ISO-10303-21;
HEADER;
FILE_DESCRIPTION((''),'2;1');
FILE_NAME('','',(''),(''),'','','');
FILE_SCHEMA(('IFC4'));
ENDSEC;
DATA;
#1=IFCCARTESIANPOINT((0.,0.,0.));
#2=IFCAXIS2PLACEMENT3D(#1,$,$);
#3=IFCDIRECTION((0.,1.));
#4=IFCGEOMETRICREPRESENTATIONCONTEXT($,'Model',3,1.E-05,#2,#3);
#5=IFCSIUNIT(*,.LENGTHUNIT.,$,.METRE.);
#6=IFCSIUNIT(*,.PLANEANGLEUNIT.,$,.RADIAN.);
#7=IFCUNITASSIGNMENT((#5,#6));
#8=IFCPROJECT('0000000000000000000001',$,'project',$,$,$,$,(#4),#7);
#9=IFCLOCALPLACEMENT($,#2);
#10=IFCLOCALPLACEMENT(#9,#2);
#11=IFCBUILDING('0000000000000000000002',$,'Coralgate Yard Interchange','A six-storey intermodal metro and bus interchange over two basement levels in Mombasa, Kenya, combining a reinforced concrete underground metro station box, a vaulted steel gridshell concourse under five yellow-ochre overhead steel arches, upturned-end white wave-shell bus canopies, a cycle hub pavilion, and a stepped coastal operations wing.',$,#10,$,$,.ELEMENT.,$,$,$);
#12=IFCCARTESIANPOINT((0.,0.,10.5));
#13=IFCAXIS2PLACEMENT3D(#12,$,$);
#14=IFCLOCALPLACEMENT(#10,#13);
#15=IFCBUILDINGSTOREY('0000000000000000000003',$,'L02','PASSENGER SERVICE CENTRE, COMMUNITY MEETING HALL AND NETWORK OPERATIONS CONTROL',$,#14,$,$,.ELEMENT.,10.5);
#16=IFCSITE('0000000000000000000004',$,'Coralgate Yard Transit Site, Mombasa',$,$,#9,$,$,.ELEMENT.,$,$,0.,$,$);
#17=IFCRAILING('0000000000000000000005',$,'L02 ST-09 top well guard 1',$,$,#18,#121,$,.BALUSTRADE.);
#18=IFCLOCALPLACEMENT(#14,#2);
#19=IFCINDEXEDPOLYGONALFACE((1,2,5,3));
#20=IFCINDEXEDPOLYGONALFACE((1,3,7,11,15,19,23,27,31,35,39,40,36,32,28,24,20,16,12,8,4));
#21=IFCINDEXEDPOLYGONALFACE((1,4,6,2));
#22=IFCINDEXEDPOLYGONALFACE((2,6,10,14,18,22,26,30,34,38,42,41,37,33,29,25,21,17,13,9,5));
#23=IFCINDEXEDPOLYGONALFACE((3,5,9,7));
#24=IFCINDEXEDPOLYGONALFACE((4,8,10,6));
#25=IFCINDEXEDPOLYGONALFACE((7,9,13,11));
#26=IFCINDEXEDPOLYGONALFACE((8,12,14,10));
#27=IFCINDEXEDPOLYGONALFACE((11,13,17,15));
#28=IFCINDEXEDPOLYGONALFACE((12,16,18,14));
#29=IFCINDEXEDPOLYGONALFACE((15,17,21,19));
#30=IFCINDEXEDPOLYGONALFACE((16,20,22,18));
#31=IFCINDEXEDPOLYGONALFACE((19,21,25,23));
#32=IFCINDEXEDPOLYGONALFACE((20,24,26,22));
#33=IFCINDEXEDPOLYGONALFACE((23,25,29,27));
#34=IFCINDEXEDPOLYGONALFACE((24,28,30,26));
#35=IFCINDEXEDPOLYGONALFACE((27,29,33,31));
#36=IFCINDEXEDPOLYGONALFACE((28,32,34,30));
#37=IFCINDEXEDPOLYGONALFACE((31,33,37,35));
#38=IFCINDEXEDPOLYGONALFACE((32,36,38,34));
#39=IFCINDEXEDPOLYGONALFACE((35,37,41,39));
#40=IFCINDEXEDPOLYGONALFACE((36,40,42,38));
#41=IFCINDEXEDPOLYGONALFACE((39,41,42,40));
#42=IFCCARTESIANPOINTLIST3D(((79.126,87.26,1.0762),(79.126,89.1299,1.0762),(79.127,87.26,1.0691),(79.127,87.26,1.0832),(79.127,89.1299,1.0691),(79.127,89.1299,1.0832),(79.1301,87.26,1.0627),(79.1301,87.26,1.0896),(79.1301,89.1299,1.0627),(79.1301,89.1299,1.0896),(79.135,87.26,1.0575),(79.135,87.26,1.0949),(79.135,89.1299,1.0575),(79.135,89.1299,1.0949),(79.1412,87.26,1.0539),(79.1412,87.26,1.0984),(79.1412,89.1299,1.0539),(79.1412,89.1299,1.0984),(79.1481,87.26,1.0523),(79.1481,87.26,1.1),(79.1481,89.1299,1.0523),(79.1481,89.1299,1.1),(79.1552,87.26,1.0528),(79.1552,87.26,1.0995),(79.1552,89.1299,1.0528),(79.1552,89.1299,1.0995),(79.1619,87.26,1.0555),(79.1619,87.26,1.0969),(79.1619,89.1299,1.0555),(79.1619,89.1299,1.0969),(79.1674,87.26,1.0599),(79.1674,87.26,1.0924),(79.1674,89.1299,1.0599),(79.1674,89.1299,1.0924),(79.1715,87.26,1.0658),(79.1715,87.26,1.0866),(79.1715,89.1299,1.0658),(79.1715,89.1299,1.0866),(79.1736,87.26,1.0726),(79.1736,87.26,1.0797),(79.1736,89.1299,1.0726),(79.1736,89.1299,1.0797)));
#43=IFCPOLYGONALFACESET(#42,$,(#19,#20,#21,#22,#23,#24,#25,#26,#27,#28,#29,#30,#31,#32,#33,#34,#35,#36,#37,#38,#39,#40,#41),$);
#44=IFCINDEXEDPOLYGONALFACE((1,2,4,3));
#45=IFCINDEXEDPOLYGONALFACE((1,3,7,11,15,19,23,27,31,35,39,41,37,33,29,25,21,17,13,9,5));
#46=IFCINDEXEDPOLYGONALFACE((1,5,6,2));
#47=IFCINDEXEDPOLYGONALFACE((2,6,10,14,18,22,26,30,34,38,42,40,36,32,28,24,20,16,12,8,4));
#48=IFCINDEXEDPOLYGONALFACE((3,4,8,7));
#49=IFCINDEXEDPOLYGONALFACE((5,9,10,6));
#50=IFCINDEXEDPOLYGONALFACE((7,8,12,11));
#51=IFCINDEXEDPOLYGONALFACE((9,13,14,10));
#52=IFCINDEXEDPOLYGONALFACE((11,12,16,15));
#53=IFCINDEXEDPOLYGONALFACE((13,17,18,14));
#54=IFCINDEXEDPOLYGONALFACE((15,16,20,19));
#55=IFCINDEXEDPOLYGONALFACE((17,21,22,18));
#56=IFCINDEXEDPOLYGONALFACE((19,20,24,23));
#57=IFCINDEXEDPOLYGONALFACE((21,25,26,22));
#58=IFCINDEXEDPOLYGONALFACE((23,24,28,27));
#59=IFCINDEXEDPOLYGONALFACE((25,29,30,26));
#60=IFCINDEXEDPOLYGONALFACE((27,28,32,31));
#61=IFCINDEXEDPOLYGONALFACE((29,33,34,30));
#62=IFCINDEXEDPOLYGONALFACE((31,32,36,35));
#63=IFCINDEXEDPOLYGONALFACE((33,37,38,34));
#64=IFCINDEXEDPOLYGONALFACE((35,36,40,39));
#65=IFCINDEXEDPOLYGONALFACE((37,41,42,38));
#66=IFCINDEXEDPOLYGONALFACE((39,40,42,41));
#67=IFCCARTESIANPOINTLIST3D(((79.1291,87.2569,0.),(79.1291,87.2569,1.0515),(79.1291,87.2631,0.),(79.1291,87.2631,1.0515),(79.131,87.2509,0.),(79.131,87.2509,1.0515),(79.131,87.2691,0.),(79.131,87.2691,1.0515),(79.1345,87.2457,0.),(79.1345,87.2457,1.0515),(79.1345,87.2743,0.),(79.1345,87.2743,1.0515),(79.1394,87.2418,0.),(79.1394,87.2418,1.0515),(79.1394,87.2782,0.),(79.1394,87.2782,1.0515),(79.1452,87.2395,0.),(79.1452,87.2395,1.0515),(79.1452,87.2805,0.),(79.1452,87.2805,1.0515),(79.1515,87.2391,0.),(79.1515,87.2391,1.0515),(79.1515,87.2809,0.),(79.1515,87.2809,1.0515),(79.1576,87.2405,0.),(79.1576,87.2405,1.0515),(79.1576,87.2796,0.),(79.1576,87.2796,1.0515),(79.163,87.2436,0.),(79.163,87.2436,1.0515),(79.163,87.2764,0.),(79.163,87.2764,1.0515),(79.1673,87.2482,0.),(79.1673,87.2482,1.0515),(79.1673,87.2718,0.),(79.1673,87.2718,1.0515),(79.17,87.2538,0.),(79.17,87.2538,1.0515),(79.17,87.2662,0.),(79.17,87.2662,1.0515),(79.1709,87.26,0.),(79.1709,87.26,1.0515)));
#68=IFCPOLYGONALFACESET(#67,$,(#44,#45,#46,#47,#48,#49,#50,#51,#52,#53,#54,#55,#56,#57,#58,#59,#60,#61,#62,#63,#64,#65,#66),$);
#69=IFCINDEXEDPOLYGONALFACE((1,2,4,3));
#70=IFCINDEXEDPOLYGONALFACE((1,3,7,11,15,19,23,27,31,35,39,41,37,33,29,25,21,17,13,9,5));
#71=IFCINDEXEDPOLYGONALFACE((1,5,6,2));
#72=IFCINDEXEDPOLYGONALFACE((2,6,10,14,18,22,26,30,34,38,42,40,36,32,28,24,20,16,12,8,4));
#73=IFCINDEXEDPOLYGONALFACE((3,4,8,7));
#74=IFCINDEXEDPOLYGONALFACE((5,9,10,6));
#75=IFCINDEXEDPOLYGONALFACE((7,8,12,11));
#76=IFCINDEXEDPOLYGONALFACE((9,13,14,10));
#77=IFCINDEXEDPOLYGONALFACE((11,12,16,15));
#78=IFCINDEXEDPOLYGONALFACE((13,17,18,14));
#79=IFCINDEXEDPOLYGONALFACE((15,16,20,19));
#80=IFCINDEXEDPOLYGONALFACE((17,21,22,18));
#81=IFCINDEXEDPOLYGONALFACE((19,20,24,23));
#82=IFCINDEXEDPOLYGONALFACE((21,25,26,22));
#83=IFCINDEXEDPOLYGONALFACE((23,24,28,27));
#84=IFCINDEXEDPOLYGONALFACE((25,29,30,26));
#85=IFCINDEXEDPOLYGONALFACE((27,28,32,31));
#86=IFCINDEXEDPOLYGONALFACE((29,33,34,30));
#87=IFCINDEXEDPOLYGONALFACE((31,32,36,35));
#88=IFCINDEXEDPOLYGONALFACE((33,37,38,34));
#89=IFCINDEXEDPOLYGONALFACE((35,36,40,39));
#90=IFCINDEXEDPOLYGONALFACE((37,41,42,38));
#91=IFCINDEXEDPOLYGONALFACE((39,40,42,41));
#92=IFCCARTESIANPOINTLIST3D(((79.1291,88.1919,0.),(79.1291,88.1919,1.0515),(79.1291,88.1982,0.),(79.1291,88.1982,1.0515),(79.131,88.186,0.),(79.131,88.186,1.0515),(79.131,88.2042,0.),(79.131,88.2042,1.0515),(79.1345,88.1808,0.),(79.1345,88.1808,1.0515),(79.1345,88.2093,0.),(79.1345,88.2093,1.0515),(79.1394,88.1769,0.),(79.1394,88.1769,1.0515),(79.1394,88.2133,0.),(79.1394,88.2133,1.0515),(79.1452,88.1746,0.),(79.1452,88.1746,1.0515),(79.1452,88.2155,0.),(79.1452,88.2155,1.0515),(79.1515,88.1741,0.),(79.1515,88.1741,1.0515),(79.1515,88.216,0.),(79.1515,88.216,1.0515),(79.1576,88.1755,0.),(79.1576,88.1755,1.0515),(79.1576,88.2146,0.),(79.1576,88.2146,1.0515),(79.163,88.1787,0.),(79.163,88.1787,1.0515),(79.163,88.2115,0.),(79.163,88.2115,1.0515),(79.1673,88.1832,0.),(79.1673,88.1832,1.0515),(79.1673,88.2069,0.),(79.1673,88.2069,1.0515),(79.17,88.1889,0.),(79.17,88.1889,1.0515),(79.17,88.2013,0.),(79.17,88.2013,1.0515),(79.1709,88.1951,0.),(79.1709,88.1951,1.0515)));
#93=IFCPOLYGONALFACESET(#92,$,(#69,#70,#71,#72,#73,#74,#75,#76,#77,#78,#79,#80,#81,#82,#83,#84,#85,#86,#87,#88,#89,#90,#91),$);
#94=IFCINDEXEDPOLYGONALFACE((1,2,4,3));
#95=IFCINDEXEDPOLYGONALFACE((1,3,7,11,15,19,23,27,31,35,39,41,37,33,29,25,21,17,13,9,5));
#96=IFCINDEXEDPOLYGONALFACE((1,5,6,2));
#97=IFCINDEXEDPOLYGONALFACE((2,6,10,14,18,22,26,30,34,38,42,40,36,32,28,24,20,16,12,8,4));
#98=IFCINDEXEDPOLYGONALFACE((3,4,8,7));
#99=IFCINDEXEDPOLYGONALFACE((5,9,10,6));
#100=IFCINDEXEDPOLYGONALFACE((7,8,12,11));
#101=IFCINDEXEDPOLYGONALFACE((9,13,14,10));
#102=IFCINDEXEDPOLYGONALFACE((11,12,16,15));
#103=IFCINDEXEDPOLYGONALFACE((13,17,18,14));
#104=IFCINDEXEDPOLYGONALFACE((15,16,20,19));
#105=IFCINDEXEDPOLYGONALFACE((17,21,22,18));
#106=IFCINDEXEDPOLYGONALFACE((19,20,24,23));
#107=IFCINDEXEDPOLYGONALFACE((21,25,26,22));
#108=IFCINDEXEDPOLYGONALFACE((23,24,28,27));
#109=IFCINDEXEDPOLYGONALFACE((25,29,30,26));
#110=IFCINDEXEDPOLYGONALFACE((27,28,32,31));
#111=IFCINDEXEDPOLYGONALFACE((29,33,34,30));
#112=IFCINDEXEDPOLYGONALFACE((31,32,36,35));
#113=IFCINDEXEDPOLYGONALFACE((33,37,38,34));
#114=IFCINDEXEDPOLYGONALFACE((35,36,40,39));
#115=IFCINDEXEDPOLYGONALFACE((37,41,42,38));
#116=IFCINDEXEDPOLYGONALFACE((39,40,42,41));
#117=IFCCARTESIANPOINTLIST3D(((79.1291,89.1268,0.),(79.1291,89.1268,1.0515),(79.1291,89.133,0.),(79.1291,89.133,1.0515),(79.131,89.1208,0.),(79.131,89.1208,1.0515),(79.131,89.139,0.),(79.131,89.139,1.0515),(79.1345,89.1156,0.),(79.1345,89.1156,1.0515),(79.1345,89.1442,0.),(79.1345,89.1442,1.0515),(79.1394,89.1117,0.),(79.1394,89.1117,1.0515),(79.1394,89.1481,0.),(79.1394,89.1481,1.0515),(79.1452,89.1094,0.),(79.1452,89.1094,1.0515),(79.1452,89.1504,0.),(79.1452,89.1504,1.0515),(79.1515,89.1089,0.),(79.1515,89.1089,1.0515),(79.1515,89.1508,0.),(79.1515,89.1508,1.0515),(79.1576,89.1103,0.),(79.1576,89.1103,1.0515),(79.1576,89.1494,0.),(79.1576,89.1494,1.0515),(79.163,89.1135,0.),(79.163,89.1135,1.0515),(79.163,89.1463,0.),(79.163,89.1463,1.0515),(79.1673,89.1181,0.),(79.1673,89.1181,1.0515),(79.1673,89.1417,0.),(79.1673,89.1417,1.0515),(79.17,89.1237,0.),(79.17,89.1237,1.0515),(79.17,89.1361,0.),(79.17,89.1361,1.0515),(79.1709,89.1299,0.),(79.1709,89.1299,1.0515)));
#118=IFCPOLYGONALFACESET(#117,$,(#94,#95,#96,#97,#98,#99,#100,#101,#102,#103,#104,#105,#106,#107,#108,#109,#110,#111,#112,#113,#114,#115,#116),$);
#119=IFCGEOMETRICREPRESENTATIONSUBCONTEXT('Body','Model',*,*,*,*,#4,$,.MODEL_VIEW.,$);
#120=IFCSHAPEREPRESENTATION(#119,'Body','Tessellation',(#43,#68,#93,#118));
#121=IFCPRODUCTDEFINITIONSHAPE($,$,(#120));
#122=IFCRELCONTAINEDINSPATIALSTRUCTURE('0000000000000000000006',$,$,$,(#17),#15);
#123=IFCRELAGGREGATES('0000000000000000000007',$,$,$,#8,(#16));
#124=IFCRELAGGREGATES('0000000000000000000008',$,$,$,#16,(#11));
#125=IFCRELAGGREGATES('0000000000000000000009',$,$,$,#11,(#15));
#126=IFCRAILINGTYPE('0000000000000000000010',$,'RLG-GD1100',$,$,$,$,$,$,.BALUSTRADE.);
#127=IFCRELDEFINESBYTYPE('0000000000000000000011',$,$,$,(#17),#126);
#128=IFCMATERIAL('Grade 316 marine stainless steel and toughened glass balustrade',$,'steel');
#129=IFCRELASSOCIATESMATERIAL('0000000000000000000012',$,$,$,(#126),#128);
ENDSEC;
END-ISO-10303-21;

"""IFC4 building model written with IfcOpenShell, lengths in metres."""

from ifc_helpers import new_model, si_unit, direction, frame, origin, origin_2d, place, context, subcontext, project, spatial, circle, extrude, material, type_object, element, save


model = new_model("IFC4")

# Units and contexts
model_context = context("Model", 3, precision=1e-05, world=origin(), true_north=direction((0.0, 1.0)))
body_context = subcontext(model_context, "Body", "Model", "MODEL_VIEW")
ifc_project = project(units=[si_unit("LENGTHUNIT", "METRE"), si_unit("PLANEANGLEUNIT", "RADIAN")], contexts=[model_context])

# Site, building, storey
site_placement = place(None, origin())
site = spatial("IfcSite", under=ifc_project, at=site_placement, Name="Coralgate Yard Transit Site, Mombasa", CompositionType="ELEMENT", RefElevation=0.0)
building_placement = place(site_placement, origin())
building = spatial("IfcBuilding", under=site, at=building_placement, Name="Coralgate Yard Interchange", Description="A six-storey intermodal metro and bus interchange over two basement levels in Mombasa, Kenya, combining a reinforced concrete underground metro station box, a vaulted steel gridshell concourse under five yellow-ochre overhead steel arches, upturned-end white wave-shell bus canopies, a cycle hub pavilion, and a stepped coastal operations wing.", CompositionType="ELEMENT")
storey_placement = place(building_placement, frame((0.0, 0.0, 10.5)))
storey = spatial("IfcBuildingStorey", under=building, at=storey_placement, Name="L02", Description="PASSENGER SERVICE CENTRE, COMMUNITY MEETING HALL AND NETWORK OPERATIONS CONTROL", CompositionType="ELEMENT", Elevation=10.5)

# Railing
ifc_material_1 = material(Name="Grade 316 marine stainless steel and toughened glass balustrade", Category="steel")
railing_type = type_object("IfcRailingType", Name="RLG-GD1100", PredefinedType="BALUSTRADE", material=ifc_material_1)
railing_placement = place(storey_placement, frame((79.1499, 87.26, 0.0)))
element("IfcRailing", 1, at=railing_placement, inside=storey, type_object=railing_type, Name="L02 ST-09 top well guard 1", PredefinedType="BALUSTRADE", context=body_context, shape_type="SweptSolid", body=[
    extrude(circle(Radius=0.0239, at=origin_2d()), frame((0.0, 0.0, 1.0762), z_axis=(0.0, 1.0, 0.0), x_axis=(-1.0, 0.0, 0.0)), (0.0, 0.0, 1.0), 1.8699),
    extrude(circle(Radius=0.021, at=origin_2d()), origin(), (0.0, 0.0, 1.0), 1.0515),
    extrude(circle(Radius=0.021, at=origin_2d()), frame((0.0, 0.9351, 0.0)), (0.0, 0.0, 1.0), 1.0515),
    extrude(circle(Radius=0.021, at=origin_2d()), frame((0.0, 1.8699, 0.0)), (0.0, 0.0, 1.0), 1.0515),
])

save(model, "model.ifc")
